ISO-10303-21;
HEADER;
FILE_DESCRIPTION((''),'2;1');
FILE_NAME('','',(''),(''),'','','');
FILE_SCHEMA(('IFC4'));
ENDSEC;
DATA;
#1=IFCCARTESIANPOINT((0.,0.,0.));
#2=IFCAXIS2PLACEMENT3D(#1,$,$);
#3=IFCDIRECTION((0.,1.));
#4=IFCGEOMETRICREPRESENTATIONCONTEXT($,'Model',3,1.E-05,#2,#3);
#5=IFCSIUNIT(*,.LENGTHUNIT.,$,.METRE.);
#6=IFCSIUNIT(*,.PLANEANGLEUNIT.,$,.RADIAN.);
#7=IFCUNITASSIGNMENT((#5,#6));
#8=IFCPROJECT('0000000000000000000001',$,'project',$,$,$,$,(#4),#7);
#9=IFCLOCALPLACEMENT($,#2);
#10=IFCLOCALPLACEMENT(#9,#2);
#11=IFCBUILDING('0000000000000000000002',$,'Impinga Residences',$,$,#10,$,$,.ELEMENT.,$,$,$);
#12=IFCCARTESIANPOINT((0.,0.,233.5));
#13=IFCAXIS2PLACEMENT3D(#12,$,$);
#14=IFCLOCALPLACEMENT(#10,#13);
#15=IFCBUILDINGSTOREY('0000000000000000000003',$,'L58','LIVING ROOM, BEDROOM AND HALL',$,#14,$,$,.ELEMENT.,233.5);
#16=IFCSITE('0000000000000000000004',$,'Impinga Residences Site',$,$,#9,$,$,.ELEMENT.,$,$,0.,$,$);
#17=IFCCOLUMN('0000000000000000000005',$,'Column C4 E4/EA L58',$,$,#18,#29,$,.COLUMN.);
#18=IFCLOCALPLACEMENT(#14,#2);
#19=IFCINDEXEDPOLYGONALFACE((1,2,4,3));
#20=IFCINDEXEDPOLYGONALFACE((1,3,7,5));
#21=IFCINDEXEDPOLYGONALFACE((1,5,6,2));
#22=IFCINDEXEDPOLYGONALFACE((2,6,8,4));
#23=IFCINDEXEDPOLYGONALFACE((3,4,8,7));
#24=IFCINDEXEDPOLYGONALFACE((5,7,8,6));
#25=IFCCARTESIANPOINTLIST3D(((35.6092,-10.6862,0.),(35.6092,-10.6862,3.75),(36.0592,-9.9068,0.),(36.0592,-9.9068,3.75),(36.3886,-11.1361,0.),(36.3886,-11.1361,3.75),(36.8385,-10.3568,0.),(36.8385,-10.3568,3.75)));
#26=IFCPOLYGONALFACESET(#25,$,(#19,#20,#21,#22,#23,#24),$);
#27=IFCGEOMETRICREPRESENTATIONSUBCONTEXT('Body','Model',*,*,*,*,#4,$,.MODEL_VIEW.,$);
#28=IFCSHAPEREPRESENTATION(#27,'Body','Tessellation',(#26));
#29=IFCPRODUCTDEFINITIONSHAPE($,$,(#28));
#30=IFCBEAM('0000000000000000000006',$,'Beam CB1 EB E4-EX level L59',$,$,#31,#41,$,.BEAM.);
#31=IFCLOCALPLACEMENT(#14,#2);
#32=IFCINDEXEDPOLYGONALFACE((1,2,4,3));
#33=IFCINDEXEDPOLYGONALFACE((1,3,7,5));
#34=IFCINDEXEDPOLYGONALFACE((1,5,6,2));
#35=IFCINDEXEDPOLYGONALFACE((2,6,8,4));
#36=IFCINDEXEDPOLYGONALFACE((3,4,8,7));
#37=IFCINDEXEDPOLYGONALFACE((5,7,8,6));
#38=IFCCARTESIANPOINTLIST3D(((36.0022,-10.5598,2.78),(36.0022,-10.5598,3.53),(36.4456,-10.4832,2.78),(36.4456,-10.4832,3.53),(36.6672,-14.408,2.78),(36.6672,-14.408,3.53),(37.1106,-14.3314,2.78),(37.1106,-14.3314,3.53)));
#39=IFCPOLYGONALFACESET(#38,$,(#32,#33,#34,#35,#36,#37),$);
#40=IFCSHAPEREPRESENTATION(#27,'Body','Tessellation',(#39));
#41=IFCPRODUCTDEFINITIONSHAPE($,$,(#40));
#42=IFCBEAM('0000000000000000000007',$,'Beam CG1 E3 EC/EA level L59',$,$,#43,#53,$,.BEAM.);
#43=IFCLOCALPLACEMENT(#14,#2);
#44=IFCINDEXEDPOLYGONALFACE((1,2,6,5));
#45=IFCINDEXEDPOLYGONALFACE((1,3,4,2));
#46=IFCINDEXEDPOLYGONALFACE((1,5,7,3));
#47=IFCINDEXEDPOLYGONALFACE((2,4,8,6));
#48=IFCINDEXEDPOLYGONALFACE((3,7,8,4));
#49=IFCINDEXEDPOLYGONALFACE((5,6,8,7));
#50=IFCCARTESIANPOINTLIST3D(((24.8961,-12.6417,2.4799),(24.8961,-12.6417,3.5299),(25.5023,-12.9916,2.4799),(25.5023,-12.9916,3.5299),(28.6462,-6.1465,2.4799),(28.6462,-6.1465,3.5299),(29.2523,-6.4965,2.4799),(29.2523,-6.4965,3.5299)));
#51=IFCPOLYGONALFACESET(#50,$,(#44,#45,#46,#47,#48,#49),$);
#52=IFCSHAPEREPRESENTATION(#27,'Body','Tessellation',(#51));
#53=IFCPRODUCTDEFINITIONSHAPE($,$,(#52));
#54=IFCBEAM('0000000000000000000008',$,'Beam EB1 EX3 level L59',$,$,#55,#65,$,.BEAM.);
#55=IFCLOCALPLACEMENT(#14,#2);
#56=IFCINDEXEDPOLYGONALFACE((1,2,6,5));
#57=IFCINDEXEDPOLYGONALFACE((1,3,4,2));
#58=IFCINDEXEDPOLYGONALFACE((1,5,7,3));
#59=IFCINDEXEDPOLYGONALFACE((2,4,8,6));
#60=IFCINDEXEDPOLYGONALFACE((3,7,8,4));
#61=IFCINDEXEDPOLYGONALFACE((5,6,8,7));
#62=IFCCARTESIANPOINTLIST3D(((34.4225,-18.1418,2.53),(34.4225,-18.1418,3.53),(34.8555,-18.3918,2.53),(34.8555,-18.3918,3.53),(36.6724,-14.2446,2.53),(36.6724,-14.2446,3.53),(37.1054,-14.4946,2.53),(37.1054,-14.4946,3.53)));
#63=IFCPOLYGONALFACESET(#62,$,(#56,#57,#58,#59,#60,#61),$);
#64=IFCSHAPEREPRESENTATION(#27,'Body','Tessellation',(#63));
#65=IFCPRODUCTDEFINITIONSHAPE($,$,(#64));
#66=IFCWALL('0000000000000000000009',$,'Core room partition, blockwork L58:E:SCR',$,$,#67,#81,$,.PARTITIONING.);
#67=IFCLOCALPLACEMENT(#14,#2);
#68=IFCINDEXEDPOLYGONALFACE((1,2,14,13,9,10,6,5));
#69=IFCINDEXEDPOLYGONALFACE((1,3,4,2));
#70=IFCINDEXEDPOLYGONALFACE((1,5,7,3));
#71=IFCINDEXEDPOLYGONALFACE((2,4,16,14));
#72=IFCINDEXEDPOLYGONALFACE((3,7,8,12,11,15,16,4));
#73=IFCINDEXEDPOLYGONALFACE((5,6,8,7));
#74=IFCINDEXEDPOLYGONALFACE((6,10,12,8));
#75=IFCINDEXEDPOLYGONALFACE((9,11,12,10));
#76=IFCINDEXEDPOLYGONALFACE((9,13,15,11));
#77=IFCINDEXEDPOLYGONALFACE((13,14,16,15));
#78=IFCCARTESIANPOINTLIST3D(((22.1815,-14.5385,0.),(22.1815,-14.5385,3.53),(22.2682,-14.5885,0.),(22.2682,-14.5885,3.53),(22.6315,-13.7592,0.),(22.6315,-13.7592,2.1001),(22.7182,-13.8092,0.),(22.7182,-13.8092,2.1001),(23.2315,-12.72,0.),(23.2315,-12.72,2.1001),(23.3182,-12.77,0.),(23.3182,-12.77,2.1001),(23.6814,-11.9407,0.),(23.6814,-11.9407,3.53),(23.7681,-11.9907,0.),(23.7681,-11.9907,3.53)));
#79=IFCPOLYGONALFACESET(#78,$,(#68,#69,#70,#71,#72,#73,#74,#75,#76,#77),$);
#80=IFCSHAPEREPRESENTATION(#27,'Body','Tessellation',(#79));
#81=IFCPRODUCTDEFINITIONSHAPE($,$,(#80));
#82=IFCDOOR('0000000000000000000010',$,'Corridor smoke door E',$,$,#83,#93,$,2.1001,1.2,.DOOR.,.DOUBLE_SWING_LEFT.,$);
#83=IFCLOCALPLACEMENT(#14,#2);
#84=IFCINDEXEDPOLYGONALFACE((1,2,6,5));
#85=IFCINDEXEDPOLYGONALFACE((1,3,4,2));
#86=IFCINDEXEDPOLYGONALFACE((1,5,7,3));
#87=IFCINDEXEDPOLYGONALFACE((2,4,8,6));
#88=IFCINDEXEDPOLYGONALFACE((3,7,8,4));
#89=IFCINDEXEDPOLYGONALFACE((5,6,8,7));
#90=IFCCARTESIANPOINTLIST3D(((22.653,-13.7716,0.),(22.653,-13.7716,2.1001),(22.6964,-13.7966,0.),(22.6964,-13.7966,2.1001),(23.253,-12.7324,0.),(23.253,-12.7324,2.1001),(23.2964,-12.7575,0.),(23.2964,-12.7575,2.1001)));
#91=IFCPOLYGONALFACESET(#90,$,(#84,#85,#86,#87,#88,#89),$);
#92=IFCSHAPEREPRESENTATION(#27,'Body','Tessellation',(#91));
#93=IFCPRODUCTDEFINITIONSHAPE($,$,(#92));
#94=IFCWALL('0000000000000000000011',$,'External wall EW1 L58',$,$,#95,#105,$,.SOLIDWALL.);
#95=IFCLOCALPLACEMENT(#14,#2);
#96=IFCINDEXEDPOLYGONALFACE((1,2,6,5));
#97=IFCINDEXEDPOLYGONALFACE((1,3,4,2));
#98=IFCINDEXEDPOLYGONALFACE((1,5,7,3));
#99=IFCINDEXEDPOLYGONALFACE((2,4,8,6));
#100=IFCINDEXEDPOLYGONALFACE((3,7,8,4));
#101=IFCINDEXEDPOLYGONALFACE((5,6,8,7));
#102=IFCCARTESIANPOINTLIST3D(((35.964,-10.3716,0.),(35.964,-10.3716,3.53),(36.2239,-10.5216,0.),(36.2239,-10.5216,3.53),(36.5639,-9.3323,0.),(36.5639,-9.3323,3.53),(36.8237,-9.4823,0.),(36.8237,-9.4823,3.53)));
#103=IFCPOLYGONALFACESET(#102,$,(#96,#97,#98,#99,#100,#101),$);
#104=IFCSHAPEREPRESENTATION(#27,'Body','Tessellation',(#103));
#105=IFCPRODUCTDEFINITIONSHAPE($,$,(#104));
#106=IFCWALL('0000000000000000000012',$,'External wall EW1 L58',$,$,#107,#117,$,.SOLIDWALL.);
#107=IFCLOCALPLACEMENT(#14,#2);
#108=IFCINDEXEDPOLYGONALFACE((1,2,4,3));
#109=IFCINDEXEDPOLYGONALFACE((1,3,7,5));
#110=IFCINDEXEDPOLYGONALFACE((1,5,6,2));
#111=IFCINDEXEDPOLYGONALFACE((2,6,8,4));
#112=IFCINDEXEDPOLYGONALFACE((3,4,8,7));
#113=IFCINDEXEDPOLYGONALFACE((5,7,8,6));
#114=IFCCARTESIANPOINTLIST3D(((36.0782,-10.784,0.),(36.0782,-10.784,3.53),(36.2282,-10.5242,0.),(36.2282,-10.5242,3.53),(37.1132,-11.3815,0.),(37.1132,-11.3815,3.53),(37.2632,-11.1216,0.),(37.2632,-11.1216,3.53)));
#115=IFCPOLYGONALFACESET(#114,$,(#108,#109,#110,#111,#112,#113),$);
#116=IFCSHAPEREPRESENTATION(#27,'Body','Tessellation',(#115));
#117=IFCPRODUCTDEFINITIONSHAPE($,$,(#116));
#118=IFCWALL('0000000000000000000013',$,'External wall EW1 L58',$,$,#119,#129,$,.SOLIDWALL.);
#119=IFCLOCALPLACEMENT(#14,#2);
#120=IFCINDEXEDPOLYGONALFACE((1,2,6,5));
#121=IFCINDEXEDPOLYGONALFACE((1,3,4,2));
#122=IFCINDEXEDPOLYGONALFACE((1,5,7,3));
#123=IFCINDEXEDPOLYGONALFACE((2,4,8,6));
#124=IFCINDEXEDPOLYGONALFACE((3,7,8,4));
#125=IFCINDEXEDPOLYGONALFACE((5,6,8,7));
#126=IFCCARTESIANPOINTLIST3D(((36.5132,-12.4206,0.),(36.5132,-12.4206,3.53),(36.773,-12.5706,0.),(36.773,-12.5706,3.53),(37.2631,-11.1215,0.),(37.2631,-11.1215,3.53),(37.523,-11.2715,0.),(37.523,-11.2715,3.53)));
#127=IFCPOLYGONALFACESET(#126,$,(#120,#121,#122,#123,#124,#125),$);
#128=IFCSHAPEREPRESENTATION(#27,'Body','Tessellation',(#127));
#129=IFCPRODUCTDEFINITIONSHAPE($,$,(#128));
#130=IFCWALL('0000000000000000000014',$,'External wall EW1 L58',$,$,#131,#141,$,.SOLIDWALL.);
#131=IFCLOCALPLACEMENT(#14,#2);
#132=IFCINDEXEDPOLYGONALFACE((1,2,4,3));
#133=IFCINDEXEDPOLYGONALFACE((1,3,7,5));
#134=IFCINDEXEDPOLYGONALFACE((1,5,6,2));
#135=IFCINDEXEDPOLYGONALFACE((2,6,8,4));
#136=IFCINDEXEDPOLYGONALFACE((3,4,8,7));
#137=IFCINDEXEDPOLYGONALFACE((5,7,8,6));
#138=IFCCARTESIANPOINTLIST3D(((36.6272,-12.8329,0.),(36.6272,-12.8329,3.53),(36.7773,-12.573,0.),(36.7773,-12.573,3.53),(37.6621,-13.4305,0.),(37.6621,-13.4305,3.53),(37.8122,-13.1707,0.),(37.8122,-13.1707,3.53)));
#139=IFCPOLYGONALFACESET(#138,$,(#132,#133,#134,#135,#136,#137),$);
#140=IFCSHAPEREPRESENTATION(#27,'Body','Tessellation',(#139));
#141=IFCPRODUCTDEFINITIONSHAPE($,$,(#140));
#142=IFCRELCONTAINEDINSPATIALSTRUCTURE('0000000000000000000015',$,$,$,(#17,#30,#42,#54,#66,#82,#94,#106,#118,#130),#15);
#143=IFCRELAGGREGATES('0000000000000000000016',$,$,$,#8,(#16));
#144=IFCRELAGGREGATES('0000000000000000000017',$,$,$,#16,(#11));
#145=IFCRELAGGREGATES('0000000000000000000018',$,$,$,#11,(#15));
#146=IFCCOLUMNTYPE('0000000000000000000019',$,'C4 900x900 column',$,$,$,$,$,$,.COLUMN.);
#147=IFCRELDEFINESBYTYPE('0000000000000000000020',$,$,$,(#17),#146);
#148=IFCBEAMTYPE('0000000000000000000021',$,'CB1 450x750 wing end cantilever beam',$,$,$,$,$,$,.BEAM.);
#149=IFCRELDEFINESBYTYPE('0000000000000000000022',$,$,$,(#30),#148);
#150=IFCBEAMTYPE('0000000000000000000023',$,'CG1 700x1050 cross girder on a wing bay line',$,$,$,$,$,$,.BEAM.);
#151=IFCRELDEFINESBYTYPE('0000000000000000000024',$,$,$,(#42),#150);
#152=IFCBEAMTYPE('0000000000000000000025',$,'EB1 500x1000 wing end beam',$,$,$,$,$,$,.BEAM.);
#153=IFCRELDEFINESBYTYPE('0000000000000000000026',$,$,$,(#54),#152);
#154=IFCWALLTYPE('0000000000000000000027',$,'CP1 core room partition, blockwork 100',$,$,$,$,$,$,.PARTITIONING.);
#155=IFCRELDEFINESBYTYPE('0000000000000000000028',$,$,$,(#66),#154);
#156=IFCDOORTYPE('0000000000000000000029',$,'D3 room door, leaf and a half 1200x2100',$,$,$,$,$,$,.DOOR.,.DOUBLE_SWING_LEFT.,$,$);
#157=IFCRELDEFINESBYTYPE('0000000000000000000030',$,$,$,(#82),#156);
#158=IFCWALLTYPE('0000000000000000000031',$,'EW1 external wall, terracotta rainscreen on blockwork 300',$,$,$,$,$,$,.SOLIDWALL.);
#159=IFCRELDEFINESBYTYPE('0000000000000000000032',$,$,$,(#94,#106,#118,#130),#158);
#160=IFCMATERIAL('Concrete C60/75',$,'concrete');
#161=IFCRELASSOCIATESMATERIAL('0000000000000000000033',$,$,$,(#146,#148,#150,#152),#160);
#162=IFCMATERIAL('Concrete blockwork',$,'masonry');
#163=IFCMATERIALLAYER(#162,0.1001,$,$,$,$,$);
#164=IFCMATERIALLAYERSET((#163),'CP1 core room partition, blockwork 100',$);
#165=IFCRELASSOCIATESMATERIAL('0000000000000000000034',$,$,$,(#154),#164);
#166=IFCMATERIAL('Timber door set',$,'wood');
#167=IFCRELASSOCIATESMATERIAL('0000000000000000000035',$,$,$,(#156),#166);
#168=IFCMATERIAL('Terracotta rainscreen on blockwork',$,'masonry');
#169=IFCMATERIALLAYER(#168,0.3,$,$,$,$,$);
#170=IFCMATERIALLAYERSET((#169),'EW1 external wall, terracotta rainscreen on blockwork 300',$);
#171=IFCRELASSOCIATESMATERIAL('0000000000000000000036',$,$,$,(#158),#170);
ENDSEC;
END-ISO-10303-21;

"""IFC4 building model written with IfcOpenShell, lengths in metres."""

from ifc_helpers import new_model, si_unit, direction, frame, frame_2d, origin, origin_2d, place, context, subcontext, project, spatial, rectangle, extrude, material, layer, layer_set, material_profile, profile_set, type_object, element, fill, save


model = new_model("IFC4")

# Units and contexts
model_context = context("Model", 3, precision=1e-05, world=origin(), true_north=direction((0.0, 1.0)))
body_context = subcontext(model_context, "Body", "Model", "MODEL_VIEW")
ifc_project = project(units=[si_unit("LENGTHUNIT", "METRE"), si_unit("PLANEANGLEUNIT", "RADIAN")], contexts=[model_context])

# Site, building, storey
site_placement = place(None, origin())
site = spatial("IfcSite", under=ifc_project, at=site_placement, Name="Impinga Residences Site", CompositionType="ELEMENT", RefElevation=0.0)
building_placement = place(site_placement, origin())
building = spatial("IfcBuilding", under=site, at=building_placement, Name="Impinga Residences", CompositionType="ELEMENT")
storey_placement = place(building_placement, frame((0.0, 0.0, 233.5)))
storey = spatial("IfcBuildingStorey", under=building, at=storey_placement, Name="L58", Description="LIVING ROOM, BEDROOM AND HALL", CompositionType="ELEMENT", Elevation=233.5)

# Column
ifc_material_1 = material(Name="Concrete C60/75", Category="concrete")
ifc_material_profile_1 = material_profile(ifc_material_1, rectangle(XDim=0.8999, YDim=0.8999, at=origin_2d()), Name="RC 900x900")
ifc_profile_set_1 = profile_set([ifc_material_profile_1], Name="Concrete C60/75")
column_type = type_object("IfcColumnType", Name="C4 900x900 column", PredefinedType="COLUMN", material=ifc_profile_set_1)
column_placement = place(storey_placement, frame((36.2239, -10.5215, 0.0), z_axis=(0.0, 0.0, 1.0), x_axis=(-0.5, -0.866025, 0.0)))
element("IfcColumn", 1, at=column_placement, inside=storey, type_object=column_type, Name="Column C4 E4/EA L58", PredefinedType="COLUMN", context=body_context, shape_type="SweptSolid", body=[
    extrude(rectangle(XDim=0.8999, YDim=0.8999, at=origin_2d()), origin(), (0.0, 0.0, 1.0), 3.75),
])

# Beams
ifc_material_profile_2 = material_profile(ifc_material_1, rectangle(XDim=0.45, YDim=0.75, at=origin_2d()), Name="RC 450x750")
ifc_profile_set_2 = profile_set([ifc_material_profile_2], Name="Concrete C60/75")
beam_type_1 = type_object("IfcBeamType", Name="CB1 450x750 wing end cantilever beam", PredefinedType="BEAM", material=ifc_profile_set_2)
beam_1_placement = place(storey_placement, frame((36.2239, -10.5215, 3.155), z_axis=(0.170296, -0.985393, 0.0), x_axis=(0.985393, 0.170296, 0.0)))
element("IfcBeam", 2, at=beam_1_placement, inside=storey, type_object=beam_type_1, Name="Beam CB1 EB E4-EX level L59", PredefinedType="BEAM", context=body_context, shape_type="SweptSolid", body=[
    extrude(rectangle(XDim=0.45, YDim=0.75, at=origin_2d()), origin(), (0.0, 0.0, 1.0), 3.9053),
])
ifc_material_profile_3 = material_profile(ifc_material_1, rectangle(XDim=0.7, YDim=1.05, at=origin_2d()), Name="RC 700x1050")
ifc_profile_set_3 = profile_set([ifc_material_profile_3], Name="Concrete C60/75")
beam_type_2 = type_object("IfcBeamType", Name="CG1 700x1050 cross girder on a wing bay line", PredefinedType="BEAM", material=ifc_profile_set_3)
beam_2_placement = place(storey_placement, frame((25.1992, -12.8167, 3.0049), z_axis=(0.500004, 0.866023, 0.0), x_axis=(-0.866023, 0.500004, 0.0)))
element("IfcBeam", 3, at=beam_2_placement, inside=storey, type_object=beam_type_2, Name="Beam CG1 E3 EC/EA level L59", PredefinedType="BEAM", context=body_context, shape_type="SweptSolid", body=[
    extrude(rectangle(XDim=0.7, YDim=1.05, at=origin_2d()), origin(), (0.0, 0.0, 1.0), 7.5),
])
ifc_material_profile_4 = material_profile(ifc_material_1, rectangle(XDim=0.5, YDim=1.0, at=origin_2d()), Name="RC 500x1000")
ifc_profile_set_4 = profile_set([ifc_material_profile_4], Name="Concrete C60/75")
beam_type_3 = type_object("IfcBeamType", Name="EB1 500x1000 wing end beam", PredefinedType="BEAM", material=ifc_profile_set_4)
beam_3_placement = place(storey_placement, frame((36.8889, -14.3696, 3.03), z_axis=(-0.49999, -0.866031, 0.0), x_axis=(0.866031, -0.49999, 0.0)))
element("IfcBeam", 4, at=beam_3_placement, inside=storey, type_object=beam_type_3, Name="Beam EB1 EX3 level L59", PredefinedType="BEAM", context=body_context, shape_type="SweptSolid", body=[
    extrude(rectangle(XDim=0.5, YDim=1.0, at=origin_2d()), origin(), (0.0, 0.0, 1.0), 4.5),
])

# Wall, opening, door
ifc_material_2 = material(Name="Concrete blockwork", Category="masonry")
ifc_layer_1 = layer(ifc_material_2, 0.1001)
ifc_layer_set_1 = layer_set([ifc_layer_1], Name="CP1 core room partition, blockwork 100")
wall_type_1 = type_object("IfcWallType", Name="CP1 core room partition, blockwork 100", PredefinedType="PARTITIONING", material=ifc_layer_set_1)
wall_1_placement = place(storey_placement, frame((23.7249, -11.9656, 0.0), z_axis=(0.0, 0.0, 1.0), x_axis=(-0.500025, -0.866011, 0.0)))
wall_1 = element("IfcWall", 5, at=wall_1_placement, inside=storey, type_object=wall_type_1, Name="Core room partition, blockwork L58:E:SCR", PredefinedType="PARTITIONING", context=body_context, shape_type="SweptSolid", body=[
    extrude(rectangle(XDim=2.9998, YDim=0.1001, at=frame_2d((1.5, 0.0))), origin(), (0.0, 0.0, 1.0), 3.53),
])
opening_1_placement = place(wall_1_placement, frame((0.8999, 0.0, 0.0)))
opening_1 = element("IfcOpeningElement", 6, at=opening_1_placement, cuts=wall_1, PredefinedType="OPENING", context=body_context, shape_type="SweptSolid", body=[
    extrude(rectangle(XDim=1.2, YDim=2.1001, at=frame_2d((0.6001, 1.05))), frame((0.0, 0.0601, 0.0), z_axis=(0.0, -1.0, 0.0), x_axis=(1.0, 0.0, 0.0)), (0.0, 0.0, 1.0), 0.1201),
])
ifc_material_3 = material(Name="Timber door set", Category="wood")
door_type_1 = type_object("IfcDoorType", Name="D3 room door, leaf and a half 1200x2100", OperationType="DOUBLE_SWING_LEFT", PredefinedType="DOOR", material=ifc_material_3)
door_1_placement = place(opening_1_placement, origin())
door_1 = element("IfcDoor", 7, at=door_1_placement, inside=storey, type_object=door_type_1, Name="Corridor smoke door E", OperationType="DOUBLE_SWING_LEFT", OverallHeight=2.1001, OverallWidth=1.2, PredefinedType="DOOR", context=body_context, shape_type="SweptSolid", body=[
    extrude(rectangle(XDim=1.2, YDim=2.1001, at=frame_2d((0.6001, 1.05))), frame((0.0, 0.0249, 0.0), z_axis=(0.0, -1.0, 0.0), x_axis=(1.0, 0.0, 0.0)), (0.0, 0.0, 1.0), 0.05),
])
fill(opening_1, door_1)

# Walls
ifc_material_4 = material(Name="Terracotta rainscreen on blockwork", Category="masonry")
ifc_layer_2 = layer(ifc_material_4, 0.3)
ifc_layer_set_2 = layer_set([ifc_layer_2], Name="EW1 external wall, terracotta rainscreen on blockwork 300")
wall_type_2 = type_object("IfcWallType", Name="EW1 external wall, terracotta rainscreen on blockwork 300", PredefinedType="SOLIDWALL", material=ifc_layer_set_2)
wall_2_placement = place(storey_placement, frame((36.6938, -9.4072, 0.0), z_axis=(0.0, 0.0, 1.0), x_axis=(-0.499881, -0.866094, 0.0)))
element("IfcWall", 8, at=wall_2_placement, inside=storey, type_object=wall_type_2, Name="External wall EW1 L58", PredefinedType="SOLIDWALL", context=body_context, shape_type="SweptSolid", body=[
    extrude(rectangle(XDim=1.2, YDim=0.3, at=frame_2d((0.6001, 0.0))), origin(), (0.0, 0.0, 1.0), 3.53),
])
wall_3_placement = place(storey_placement, frame((36.1531, -10.6541, 0.0), z_axis=(0.0, 0.0, 1.0), x_axis=(0.86606, -0.499941, 0.0)))
element("IfcWall", 9, at=wall_3_placement, inside=storey, type_object=wall_type_2, Name="External wall EW1 L58", PredefinedType="SOLIDWALL", context=body_context, shape_type="SweptSolid", body=[
    extrude(rectangle(XDim=1.1951, YDim=0.3, at=frame_2d((0.5977, 0.0))), origin(), (0.0, 0.0, 1.0), 3.53),
])
wall_4_placement = place(storey_placement, frame((37.3931, -11.1965, 0.0), z_axis=(0.0, 0.0, 1.0), x_axis=(-0.49999, -0.866031, 0.0)))
element("IfcWall", 10, at=wall_4_placement, inside=storey, type_object=wall_type_2, Name="External wall EW1 L58", PredefinedType="SOLIDWALL", context=body_context, shape_type="SweptSolid", body=[
    extrude(rectangle(XDim=1.5, YDim=0.3, at=frame_2d((0.75, 0.0))), origin(), (0.0, 0.0, 1.0), 3.53),
])
wall_5_placement = place(storey_placement, frame((36.7021, -12.7029, 0.0), z_axis=(0.0, 0.0, 1.0), x_axis=(0.865971, -0.500094, 0.0)))
element("IfcWall", 11, at=wall_5_placement, inside=storey, type_object=wall_type_2, Name="External wall EW1 L58", PredefinedType="SOLIDWALL", context=body_context, shape_type="SweptSolid", body=[
    extrude(rectangle(XDim=1.1951, YDim=0.3, at=frame_2d((0.5977, 0.0))), origin(), (0.0, 0.0, 1.0), 3.53),
])

save(model, "model.ifc")
